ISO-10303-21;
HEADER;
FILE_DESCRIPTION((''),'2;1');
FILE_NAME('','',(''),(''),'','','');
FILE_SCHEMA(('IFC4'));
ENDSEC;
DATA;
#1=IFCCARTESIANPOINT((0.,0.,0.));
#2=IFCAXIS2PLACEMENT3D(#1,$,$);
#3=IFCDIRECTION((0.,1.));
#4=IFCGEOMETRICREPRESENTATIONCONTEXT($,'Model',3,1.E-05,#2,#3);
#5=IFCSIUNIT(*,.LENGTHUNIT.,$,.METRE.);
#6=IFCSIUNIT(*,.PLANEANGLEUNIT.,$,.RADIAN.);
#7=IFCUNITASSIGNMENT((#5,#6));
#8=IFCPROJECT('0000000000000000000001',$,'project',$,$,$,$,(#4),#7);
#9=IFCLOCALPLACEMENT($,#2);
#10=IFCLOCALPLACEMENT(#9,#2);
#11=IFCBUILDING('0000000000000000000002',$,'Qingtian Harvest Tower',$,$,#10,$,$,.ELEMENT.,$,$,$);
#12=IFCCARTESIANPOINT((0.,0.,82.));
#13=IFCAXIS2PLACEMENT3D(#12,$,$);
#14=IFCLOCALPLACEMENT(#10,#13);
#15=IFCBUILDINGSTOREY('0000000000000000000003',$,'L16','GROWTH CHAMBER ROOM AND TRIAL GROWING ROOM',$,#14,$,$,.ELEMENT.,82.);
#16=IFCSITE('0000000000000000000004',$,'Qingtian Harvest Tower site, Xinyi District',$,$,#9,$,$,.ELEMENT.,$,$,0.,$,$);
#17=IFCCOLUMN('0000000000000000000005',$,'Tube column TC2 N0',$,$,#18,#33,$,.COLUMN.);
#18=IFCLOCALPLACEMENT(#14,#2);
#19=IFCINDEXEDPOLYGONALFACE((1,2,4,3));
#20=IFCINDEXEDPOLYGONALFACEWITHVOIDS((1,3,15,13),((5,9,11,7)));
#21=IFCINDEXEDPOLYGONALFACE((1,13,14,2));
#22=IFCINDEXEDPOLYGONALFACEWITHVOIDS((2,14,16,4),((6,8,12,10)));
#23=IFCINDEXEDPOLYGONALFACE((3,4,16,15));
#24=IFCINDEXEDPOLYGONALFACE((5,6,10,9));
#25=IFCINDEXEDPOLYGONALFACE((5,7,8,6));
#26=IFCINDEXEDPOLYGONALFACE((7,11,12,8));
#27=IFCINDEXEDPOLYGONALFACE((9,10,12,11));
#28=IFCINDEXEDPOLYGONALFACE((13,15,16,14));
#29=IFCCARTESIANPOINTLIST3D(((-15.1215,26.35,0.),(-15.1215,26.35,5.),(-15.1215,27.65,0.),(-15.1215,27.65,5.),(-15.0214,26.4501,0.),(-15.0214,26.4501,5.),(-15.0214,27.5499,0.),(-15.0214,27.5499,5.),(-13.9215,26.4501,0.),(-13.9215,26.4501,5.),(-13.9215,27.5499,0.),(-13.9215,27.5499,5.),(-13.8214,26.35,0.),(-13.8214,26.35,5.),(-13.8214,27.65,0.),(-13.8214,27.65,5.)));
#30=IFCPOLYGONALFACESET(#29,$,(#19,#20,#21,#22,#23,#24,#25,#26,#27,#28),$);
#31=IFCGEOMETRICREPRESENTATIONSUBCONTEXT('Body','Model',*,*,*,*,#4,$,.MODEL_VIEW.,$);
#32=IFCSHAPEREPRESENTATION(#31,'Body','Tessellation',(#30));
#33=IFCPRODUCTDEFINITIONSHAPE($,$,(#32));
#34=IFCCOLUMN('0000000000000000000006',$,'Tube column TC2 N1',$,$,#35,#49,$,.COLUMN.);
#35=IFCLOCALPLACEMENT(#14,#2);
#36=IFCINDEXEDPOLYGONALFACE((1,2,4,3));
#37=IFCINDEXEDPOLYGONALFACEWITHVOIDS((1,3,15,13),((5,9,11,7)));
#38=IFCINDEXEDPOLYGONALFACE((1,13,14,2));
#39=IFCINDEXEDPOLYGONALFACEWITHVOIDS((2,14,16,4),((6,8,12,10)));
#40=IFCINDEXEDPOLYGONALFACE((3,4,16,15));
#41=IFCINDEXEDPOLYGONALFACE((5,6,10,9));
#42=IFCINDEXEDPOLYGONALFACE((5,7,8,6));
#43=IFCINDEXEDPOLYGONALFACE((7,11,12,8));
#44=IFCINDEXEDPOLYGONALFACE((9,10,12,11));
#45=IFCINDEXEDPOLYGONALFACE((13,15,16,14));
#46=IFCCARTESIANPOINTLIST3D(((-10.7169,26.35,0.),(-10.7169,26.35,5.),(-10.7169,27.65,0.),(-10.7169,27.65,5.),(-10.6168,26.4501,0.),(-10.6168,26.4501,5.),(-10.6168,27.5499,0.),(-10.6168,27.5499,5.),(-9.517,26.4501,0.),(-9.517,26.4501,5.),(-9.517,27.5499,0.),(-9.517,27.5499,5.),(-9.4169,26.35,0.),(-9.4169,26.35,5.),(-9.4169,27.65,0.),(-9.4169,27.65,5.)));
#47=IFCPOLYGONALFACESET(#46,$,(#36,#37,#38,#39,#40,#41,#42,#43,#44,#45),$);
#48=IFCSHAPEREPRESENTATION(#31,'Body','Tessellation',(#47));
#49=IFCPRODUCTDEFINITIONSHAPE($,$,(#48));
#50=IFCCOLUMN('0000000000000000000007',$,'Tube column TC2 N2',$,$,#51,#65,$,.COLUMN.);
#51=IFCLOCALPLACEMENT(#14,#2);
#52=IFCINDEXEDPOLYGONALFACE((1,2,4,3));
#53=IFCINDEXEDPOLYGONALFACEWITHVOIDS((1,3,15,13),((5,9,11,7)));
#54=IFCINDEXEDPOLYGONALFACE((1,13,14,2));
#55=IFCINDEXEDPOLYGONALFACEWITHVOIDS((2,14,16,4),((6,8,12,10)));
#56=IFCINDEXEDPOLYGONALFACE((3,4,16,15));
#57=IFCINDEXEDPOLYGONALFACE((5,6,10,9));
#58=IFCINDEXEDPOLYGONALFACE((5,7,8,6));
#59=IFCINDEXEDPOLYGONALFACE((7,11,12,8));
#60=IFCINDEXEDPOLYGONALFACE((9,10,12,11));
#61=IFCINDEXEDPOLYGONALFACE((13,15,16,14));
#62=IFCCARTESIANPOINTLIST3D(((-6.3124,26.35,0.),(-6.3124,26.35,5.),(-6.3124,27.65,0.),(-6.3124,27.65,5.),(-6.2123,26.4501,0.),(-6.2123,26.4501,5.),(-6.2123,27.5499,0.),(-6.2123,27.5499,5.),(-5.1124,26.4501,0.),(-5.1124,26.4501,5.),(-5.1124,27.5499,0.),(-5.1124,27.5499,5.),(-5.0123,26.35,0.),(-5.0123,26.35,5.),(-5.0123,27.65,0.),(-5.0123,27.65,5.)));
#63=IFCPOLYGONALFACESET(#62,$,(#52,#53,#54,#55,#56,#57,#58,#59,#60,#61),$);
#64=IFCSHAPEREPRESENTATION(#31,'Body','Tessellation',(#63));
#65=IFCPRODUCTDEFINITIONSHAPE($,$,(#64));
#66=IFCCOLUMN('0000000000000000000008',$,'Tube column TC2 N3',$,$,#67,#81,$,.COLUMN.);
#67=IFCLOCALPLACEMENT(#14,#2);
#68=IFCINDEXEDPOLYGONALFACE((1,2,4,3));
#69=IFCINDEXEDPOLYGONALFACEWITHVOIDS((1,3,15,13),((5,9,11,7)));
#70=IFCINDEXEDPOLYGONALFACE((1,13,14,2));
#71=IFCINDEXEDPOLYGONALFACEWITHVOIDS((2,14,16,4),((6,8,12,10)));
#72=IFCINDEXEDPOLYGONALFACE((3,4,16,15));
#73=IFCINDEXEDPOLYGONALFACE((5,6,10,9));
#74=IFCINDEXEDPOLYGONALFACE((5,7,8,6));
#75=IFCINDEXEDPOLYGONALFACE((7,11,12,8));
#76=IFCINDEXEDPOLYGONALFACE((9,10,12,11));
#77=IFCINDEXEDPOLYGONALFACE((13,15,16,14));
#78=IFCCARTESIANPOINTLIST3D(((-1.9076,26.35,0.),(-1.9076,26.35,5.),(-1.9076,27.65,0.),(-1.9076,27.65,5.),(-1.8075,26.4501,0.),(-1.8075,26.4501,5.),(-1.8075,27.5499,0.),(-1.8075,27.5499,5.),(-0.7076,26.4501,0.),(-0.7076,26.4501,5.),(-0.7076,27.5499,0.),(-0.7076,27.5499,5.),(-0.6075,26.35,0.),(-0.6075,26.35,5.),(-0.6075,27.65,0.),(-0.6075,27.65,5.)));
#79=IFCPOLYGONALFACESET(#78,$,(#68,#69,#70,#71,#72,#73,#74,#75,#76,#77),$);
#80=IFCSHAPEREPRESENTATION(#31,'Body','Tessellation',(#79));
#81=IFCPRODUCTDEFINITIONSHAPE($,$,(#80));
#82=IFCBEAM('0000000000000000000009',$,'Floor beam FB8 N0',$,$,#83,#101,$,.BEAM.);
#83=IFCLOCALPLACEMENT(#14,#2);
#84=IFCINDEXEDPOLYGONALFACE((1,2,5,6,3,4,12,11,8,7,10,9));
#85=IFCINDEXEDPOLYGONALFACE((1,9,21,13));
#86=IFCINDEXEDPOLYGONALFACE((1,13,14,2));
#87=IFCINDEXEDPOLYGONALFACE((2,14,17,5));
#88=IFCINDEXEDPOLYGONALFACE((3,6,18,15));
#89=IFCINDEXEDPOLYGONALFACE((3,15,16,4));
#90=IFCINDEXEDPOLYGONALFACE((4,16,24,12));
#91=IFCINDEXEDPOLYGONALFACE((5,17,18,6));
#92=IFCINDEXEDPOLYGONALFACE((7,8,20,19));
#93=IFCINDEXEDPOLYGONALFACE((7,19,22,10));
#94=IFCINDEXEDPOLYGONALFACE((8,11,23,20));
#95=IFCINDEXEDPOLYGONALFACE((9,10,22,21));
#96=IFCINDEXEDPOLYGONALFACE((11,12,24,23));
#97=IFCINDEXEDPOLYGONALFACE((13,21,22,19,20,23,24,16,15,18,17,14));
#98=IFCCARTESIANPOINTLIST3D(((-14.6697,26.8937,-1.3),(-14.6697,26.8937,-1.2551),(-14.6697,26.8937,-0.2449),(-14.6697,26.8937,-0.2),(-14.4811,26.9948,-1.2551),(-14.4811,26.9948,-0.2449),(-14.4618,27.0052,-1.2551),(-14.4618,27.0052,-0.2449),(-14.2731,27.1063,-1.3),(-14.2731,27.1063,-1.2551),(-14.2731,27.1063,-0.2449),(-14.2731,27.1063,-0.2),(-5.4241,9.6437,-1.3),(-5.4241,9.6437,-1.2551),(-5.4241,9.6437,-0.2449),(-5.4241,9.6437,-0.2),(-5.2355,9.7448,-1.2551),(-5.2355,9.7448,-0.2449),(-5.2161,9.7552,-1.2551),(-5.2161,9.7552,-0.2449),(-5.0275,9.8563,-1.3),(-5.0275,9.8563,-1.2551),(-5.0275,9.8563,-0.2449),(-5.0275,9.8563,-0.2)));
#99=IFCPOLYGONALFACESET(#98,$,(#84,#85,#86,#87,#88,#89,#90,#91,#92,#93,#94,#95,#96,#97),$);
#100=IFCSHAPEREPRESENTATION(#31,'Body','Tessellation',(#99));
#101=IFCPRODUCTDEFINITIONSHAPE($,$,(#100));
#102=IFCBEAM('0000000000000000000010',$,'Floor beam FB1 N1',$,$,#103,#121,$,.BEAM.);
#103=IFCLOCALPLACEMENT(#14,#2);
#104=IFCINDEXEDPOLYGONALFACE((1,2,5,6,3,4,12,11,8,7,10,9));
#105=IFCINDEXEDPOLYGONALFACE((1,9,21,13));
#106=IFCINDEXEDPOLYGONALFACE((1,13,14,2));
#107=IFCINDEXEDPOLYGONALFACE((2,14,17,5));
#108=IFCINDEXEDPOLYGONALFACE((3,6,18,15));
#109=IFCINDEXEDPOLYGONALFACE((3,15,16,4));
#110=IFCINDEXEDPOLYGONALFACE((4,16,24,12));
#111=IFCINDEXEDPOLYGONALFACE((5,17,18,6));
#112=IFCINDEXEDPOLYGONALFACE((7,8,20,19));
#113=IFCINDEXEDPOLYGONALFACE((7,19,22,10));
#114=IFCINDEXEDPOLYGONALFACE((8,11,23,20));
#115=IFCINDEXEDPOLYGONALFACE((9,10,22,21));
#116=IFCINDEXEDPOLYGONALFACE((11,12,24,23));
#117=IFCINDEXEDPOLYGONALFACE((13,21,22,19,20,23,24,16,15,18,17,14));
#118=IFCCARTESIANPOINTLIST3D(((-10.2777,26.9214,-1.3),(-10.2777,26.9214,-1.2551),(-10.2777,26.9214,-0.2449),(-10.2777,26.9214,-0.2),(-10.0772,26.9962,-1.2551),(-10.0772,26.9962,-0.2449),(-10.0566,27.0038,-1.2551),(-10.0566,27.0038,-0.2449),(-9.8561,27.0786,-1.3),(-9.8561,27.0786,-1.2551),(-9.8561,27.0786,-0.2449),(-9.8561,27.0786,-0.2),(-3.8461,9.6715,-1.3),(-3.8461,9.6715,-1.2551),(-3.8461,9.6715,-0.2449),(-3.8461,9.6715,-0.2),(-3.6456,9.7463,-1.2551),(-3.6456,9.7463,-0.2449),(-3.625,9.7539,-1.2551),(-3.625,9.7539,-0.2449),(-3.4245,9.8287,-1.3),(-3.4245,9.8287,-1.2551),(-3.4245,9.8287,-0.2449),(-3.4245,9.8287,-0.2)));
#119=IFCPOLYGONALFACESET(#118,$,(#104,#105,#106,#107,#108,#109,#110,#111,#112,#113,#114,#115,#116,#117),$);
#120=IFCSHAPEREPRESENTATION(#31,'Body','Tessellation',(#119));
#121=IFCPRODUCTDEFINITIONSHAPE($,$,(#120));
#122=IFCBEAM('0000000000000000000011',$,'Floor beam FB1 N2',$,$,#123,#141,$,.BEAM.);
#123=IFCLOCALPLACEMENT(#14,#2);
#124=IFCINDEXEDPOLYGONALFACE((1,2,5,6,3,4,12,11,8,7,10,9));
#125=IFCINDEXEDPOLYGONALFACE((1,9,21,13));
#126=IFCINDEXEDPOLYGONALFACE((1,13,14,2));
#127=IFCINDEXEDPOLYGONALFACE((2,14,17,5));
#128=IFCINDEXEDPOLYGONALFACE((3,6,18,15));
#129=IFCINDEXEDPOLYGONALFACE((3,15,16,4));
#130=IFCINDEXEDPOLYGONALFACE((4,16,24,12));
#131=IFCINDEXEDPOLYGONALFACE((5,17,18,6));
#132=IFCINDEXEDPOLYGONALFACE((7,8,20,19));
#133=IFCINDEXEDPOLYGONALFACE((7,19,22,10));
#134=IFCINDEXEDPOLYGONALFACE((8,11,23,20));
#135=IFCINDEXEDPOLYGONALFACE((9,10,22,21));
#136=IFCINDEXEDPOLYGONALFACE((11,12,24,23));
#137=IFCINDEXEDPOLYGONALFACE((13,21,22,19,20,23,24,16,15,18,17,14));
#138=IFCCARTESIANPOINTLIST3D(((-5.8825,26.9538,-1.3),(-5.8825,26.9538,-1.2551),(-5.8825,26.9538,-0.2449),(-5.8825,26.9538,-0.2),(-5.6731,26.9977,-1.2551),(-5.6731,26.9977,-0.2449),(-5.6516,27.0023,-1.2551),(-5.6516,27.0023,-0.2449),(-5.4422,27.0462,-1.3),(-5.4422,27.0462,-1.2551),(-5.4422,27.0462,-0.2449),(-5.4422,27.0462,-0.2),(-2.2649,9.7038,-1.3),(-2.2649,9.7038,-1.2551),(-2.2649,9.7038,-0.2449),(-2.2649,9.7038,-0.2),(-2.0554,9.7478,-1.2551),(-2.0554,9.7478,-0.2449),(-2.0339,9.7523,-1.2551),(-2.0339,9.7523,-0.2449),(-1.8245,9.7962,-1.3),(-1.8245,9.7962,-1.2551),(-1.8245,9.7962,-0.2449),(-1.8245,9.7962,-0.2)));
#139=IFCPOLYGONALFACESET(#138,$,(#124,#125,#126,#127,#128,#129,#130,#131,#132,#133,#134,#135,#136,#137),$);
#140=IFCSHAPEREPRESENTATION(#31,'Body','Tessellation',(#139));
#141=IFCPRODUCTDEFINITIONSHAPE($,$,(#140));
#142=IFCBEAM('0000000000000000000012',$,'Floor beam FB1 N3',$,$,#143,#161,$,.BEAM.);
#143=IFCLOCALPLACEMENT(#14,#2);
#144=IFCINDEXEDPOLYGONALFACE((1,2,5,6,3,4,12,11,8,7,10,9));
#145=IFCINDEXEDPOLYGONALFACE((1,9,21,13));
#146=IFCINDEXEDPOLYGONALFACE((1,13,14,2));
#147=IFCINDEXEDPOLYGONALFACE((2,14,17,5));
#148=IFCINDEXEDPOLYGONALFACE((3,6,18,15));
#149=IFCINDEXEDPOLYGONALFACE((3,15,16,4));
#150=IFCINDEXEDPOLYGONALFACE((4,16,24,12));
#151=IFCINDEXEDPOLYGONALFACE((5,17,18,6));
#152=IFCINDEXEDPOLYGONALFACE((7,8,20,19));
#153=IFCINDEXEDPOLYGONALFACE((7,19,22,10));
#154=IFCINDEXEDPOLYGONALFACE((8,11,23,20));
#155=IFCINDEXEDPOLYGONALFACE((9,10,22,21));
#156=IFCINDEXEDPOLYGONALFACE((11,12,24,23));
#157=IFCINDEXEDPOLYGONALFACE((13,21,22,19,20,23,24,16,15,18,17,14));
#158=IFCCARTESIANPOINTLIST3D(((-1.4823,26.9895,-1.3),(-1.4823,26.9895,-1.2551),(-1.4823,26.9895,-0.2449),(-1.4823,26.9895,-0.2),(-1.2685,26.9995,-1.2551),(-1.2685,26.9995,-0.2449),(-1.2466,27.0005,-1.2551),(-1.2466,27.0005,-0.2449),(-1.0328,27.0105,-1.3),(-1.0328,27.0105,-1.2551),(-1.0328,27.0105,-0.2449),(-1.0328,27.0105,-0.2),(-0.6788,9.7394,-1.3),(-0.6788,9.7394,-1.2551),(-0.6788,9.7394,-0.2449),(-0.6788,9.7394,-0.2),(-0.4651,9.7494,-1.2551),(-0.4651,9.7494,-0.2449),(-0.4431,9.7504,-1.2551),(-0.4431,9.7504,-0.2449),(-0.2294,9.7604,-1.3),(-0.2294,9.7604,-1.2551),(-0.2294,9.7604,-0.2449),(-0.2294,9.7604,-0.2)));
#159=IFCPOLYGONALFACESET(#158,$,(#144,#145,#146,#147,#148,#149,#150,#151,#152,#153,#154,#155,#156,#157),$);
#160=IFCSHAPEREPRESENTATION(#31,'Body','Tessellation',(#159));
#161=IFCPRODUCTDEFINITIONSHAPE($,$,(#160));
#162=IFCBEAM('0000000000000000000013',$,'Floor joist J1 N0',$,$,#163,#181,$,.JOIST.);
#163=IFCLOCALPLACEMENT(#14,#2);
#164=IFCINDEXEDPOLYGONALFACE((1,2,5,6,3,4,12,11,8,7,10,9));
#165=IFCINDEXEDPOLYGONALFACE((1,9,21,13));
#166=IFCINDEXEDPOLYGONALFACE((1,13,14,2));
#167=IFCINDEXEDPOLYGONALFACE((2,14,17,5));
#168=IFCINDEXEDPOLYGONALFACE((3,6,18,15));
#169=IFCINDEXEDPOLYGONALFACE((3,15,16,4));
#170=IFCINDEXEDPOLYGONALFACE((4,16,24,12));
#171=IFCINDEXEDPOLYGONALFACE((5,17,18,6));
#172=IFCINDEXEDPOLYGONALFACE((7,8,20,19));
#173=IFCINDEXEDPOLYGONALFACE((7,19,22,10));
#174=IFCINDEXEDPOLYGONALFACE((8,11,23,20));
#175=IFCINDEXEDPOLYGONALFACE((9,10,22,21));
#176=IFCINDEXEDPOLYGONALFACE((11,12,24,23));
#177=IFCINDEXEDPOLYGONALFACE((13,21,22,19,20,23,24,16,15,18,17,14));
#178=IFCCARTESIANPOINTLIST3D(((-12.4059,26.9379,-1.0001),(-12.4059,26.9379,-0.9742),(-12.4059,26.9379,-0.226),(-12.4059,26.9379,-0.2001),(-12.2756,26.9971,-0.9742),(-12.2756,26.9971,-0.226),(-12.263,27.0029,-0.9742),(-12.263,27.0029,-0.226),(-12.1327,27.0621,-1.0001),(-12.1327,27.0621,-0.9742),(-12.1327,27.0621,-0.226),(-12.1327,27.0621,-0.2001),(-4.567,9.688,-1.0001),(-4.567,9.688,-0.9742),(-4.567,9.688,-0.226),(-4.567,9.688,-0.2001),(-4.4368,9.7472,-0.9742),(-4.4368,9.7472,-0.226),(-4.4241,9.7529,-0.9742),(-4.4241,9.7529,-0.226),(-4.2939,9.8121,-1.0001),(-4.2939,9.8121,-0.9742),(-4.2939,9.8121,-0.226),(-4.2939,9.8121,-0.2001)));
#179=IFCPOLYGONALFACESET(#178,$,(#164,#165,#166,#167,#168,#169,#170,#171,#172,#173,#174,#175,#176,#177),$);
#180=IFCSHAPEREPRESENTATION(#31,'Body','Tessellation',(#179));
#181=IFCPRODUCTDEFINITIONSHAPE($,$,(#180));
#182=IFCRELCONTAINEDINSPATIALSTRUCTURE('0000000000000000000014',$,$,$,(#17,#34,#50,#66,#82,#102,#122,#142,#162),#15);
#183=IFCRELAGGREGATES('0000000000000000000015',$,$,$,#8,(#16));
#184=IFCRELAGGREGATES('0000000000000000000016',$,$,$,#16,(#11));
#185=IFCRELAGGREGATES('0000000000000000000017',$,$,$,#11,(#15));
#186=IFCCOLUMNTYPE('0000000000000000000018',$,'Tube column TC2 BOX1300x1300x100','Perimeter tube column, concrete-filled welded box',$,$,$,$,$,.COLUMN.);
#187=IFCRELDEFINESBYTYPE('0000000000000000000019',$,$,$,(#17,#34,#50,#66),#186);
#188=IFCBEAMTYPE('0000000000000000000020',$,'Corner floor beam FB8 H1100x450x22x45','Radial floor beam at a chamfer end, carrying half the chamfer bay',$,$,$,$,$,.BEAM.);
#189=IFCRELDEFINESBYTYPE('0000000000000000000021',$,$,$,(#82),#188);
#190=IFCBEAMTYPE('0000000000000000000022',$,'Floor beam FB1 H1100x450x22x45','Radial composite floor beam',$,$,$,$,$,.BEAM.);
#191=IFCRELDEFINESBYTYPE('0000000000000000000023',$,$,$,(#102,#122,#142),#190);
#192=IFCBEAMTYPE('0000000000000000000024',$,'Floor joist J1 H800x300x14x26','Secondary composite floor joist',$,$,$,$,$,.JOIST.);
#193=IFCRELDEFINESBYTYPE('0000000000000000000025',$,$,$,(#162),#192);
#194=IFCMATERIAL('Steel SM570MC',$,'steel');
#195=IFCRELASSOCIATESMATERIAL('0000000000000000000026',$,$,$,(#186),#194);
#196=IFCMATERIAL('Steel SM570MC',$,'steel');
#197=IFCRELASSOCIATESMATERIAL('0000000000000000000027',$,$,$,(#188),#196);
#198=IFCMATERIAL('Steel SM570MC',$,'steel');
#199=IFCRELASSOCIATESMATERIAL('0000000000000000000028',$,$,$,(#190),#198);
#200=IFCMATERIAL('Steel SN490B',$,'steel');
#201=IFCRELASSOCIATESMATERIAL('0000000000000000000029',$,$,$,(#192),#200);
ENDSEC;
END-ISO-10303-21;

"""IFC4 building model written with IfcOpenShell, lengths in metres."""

from ifc_helpers import new_model, si_unit, direction, frame, origin, origin_2d, place, context, subcontext, project, spatial, hollow_rectangle, i_section, extrude, material, material_profile, profile_set, type_object, element, save


model = new_model("IFC4")

# Units and contexts
model_context = context("Model", 3, precision=1e-05, world=origin(), true_north=direction((0.0, 1.0)))
body_context = subcontext(model_context, "Body", "Model", "MODEL_VIEW")
ifc_project = project(units=[si_unit("LENGTHUNIT", "METRE"), si_unit("PLANEANGLEUNIT", "RADIAN")], contexts=[model_context])

# Site, building, storey
site_placement = place(None, origin())
site = spatial("IfcSite", under=ifc_project, at=site_placement, Name="Qingtian Harvest Tower site, Xinyi District", CompositionType="ELEMENT", RefElevation=0.0)
building_placement = place(site_placement, origin())
building = spatial("IfcBuilding", under=site, at=building_placement, Name="Qingtian Harvest Tower", CompositionType="ELEMENT")
storey_placement = place(building_placement, frame((0.0, 0.0, 82.0)))
storey = spatial("IfcBuildingStorey", under=building, at=storey_placement, Name="L16", Description="GROWTH CHAMBER ROOM AND TRIAL GROWING ROOM", CompositionType="ELEMENT", Elevation=82.0)

# Columns
ifc_material_1 = material(Name="Steel SM570MC", Category="steel")
ifc_material_profile_1 = material_profile(ifc_material_1, hollow_rectangle(XDim=1.3, YDim=1.3, WallThickness=0.1001, at=origin_2d()), Name="BOX1300x1300x100")
ifc_profile_set_1 = profile_set([ifc_material_profile_1], Name="Steel SM570MC")
column_type = type_object("IfcColumnType", Name="Tube column TC2 BOX1300x1300x100", Description="Perimeter tube column, concrete-filled welded box", PredefinedType="COLUMN", material=ifc_profile_set_1)
for number, where, z_axis, x_axis, name in (
    (1, (-14.4714, 27.0, 0.0), (0.0, 0.0, 1.0), (-1.0, 0.0, 0.0), "Tube column TC2 N0"),
    (2, (-10.0669, 27.0, 0.0), (0.0, 0.0, 1.0), (-1.0, 0.0, 0.0), "Tube column TC2 N1"),
    (3, (-5.6624, 27.0, 0.0), (0.0, 0.0, 1.0), (-1.0, 0.0, 0.0), "Tube column TC2 N2"),
    (4, (-1.2576, 27.0, 0.0), (0.0, 0.0, 1.0), (-1.0, 0.0, 0.0), "Tube column TC2 N3"),
):
    element("IfcColumn", number, at=place(storey_placement, frame(where, z_axis=z_axis, x_axis=x_axis)), inside=storey, type_object=column_type, Name=name, PredefinedType="COLUMN", context=body_context, shape_type="SweptSolid", body=[
        extrude(hollow_rectangle(XDim=1.3, YDim=1.3, WallThickness=0.1001, at=origin_2d()), origin(), (0.0, 0.0, 1.0), 5.0),
    ])

# Beams
ifc_material_2 = material(Name="Steel SM570MC", Category="steel")
ifc_material_profile_2 = material_profile(ifc_material_2, i_section(OverallWidth=0.45, OverallDepth=1.1001, WebThickness=0.022, FlangeThickness=0.0449, at=origin_2d()), Name="H1100x450x22x45")
ifc_profile_set_2 = profile_set([ifc_material_profile_2], Name="Steel SM570MC")
beam_type_1 = type_object("IfcBeamType", Name="Corner floor beam FB8 H1100x450x22x45", Description="Radial floor beam at a chamfer end, carrying half the chamfer bay", PredefinedType="BEAM", material=ifc_profile_set_2)
beam_1_placement = place(storey_placement, frame((-14.4714, 27.0, -0.75), z_axis=(0.472401, -0.881384, 0.0), x_axis=(0.881384, 0.472401, 0.0)))
element("IfcBeam", 5, at=beam_1_placement, inside=storey, type_object=beam_type_1, Name="Floor beam FB8 N0", PredefinedType="BEAM", context=body_context, shape_type="SweptSolid", body=[
    extrude(i_section(OverallWidth=0.45, OverallDepth=1.1001, WebThickness=0.022, FlangeThickness=0.0449, at=origin_2d()), origin(), (0.0, 0.0, 1.0), 19.5715),
])
ifc_material_3 = material(Name="Steel SM570MC", Category="steel")
ifc_material_profile_3 = material_profile(ifc_material_3, i_section(OverallWidth=0.45, OverallDepth=1.1001, WebThickness=0.022, FlangeThickness=0.0449, at=origin_2d()), Name="H1100x450x22x45")
ifc_profile_set_3 = profile_set([ifc_material_profile_3], Name="Steel SM570MC")
beam_type_2 = type_object("IfcBeamType", Name="Floor beam FB1 H1100x450x22x45", Description="Radial composite floor beam", PredefinedType="BEAM", material=ifc_profile_set_3)
beam_2_placement = place(storey_placement, frame((-10.0669, 27.0, -0.75), z_axis=(0.349356, -0.93699, 0.0), x_axis=(0.93699, 0.349356, 0.0)))
element("IfcBeam", 6, at=beam_2_placement, inside=storey, type_object=beam_type_2, Name="Floor beam FB1 N1", PredefinedType="BEAM", context=body_context, shape_type="SweptSolid", body=[
    extrude(i_section(OverallWidth=0.45, OverallDepth=1.1001, WebThickness=0.022, FlangeThickness=0.0449, at=origin_2d()), origin(), (0.0, 0.0, 1.0), 18.4099),
])
beam_3_placement = place(storey_placement, frame((-5.6624, 27.0, -0.75), z_axis=(0.205255, -0.978709, 0.0), x_axis=(0.978709, 0.205255, 0.0)))
element("IfcBeam", 7, at=beam_3_placement, inside=storey, type_object=beam_type_2, Name="Floor beam FB1 N2", PredefinedType="BEAM", context=body_context, shape_type="SweptSolid", body=[
    extrude(i_section(OverallWidth=0.45, OverallDepth=1.1001, WebThickness=0.022, FlangeThickness=0.0449, at=origin_2d()), origin(), (0.0, 0.0, 1.0), 17.6252),
])
beam_4_placement = place(storey_placement, frame((-1.2576, 27.0, -0.75), z_axis=(0.046527, -0.998917, 0.0), x_axis=(0.998917, 0.046527, 0.0)))
element("IfcBeam", 8, at=beam_4_placement, inside=storey, type_object=beam_type_2, Name="Floor beam FB1 N3", PredefinedType="BEAM", context=body_context, shape_type="SweptSolid", body=[
    extrude(i_section(OverallWidth=0.45, OverallDepth=1.1001, WebThickness=0.022, FlangeThickness=0.0449, at=origin_2d()), origin(), (0.0, 0.0, 1.0), 17.2688),
])
ifc_material_4 = material(Name="Steel SN490B", Category="steel")
ifc_material_profile_4 = material_profile(ifc_material_4, i_section(OverallWidth=0.3, OverallDepth=0.8, WebThickness=0.0139, FlangeThickness=0.0259, at=origin_2d()), Name="H800x300x14x26")
ifc_profile_set_4 = profile_set([ifc_material_profile_4], Name="Steel SN490B")
beam_type_3 = type_object("IfcBeamType", Name="Floor joist J1 H800x300x14x26", Description="Secondary composite floor joist", PredefinedType="JOIST", material=ifc_profile_set_4)
beam_5_placement = place(storey_placement, frame((-12.2693, 27.0, -0.6001), z_axis=(0.413714, -0.910407, 0.0), x_axis=(0.910407, 0.413714, 0.0)))
element("IfcBeam", 9, at=beam_5_placement, inside=storey, type_object=beam_type_3, Name="Floor joist J1 N0", PredefinedType="JOIST", context=body_context, shape_type="SweptSolid", body=[
    extrude(i_section(OverallWidth=0.3, OverallDepth=0.8, WebThickness=0.0139, FlangeThickness=0.0259, at=origin_2d()), origin(), (0.0, 0.0, 1.0), 18.9475),
])

save(model, "model.ifc")
